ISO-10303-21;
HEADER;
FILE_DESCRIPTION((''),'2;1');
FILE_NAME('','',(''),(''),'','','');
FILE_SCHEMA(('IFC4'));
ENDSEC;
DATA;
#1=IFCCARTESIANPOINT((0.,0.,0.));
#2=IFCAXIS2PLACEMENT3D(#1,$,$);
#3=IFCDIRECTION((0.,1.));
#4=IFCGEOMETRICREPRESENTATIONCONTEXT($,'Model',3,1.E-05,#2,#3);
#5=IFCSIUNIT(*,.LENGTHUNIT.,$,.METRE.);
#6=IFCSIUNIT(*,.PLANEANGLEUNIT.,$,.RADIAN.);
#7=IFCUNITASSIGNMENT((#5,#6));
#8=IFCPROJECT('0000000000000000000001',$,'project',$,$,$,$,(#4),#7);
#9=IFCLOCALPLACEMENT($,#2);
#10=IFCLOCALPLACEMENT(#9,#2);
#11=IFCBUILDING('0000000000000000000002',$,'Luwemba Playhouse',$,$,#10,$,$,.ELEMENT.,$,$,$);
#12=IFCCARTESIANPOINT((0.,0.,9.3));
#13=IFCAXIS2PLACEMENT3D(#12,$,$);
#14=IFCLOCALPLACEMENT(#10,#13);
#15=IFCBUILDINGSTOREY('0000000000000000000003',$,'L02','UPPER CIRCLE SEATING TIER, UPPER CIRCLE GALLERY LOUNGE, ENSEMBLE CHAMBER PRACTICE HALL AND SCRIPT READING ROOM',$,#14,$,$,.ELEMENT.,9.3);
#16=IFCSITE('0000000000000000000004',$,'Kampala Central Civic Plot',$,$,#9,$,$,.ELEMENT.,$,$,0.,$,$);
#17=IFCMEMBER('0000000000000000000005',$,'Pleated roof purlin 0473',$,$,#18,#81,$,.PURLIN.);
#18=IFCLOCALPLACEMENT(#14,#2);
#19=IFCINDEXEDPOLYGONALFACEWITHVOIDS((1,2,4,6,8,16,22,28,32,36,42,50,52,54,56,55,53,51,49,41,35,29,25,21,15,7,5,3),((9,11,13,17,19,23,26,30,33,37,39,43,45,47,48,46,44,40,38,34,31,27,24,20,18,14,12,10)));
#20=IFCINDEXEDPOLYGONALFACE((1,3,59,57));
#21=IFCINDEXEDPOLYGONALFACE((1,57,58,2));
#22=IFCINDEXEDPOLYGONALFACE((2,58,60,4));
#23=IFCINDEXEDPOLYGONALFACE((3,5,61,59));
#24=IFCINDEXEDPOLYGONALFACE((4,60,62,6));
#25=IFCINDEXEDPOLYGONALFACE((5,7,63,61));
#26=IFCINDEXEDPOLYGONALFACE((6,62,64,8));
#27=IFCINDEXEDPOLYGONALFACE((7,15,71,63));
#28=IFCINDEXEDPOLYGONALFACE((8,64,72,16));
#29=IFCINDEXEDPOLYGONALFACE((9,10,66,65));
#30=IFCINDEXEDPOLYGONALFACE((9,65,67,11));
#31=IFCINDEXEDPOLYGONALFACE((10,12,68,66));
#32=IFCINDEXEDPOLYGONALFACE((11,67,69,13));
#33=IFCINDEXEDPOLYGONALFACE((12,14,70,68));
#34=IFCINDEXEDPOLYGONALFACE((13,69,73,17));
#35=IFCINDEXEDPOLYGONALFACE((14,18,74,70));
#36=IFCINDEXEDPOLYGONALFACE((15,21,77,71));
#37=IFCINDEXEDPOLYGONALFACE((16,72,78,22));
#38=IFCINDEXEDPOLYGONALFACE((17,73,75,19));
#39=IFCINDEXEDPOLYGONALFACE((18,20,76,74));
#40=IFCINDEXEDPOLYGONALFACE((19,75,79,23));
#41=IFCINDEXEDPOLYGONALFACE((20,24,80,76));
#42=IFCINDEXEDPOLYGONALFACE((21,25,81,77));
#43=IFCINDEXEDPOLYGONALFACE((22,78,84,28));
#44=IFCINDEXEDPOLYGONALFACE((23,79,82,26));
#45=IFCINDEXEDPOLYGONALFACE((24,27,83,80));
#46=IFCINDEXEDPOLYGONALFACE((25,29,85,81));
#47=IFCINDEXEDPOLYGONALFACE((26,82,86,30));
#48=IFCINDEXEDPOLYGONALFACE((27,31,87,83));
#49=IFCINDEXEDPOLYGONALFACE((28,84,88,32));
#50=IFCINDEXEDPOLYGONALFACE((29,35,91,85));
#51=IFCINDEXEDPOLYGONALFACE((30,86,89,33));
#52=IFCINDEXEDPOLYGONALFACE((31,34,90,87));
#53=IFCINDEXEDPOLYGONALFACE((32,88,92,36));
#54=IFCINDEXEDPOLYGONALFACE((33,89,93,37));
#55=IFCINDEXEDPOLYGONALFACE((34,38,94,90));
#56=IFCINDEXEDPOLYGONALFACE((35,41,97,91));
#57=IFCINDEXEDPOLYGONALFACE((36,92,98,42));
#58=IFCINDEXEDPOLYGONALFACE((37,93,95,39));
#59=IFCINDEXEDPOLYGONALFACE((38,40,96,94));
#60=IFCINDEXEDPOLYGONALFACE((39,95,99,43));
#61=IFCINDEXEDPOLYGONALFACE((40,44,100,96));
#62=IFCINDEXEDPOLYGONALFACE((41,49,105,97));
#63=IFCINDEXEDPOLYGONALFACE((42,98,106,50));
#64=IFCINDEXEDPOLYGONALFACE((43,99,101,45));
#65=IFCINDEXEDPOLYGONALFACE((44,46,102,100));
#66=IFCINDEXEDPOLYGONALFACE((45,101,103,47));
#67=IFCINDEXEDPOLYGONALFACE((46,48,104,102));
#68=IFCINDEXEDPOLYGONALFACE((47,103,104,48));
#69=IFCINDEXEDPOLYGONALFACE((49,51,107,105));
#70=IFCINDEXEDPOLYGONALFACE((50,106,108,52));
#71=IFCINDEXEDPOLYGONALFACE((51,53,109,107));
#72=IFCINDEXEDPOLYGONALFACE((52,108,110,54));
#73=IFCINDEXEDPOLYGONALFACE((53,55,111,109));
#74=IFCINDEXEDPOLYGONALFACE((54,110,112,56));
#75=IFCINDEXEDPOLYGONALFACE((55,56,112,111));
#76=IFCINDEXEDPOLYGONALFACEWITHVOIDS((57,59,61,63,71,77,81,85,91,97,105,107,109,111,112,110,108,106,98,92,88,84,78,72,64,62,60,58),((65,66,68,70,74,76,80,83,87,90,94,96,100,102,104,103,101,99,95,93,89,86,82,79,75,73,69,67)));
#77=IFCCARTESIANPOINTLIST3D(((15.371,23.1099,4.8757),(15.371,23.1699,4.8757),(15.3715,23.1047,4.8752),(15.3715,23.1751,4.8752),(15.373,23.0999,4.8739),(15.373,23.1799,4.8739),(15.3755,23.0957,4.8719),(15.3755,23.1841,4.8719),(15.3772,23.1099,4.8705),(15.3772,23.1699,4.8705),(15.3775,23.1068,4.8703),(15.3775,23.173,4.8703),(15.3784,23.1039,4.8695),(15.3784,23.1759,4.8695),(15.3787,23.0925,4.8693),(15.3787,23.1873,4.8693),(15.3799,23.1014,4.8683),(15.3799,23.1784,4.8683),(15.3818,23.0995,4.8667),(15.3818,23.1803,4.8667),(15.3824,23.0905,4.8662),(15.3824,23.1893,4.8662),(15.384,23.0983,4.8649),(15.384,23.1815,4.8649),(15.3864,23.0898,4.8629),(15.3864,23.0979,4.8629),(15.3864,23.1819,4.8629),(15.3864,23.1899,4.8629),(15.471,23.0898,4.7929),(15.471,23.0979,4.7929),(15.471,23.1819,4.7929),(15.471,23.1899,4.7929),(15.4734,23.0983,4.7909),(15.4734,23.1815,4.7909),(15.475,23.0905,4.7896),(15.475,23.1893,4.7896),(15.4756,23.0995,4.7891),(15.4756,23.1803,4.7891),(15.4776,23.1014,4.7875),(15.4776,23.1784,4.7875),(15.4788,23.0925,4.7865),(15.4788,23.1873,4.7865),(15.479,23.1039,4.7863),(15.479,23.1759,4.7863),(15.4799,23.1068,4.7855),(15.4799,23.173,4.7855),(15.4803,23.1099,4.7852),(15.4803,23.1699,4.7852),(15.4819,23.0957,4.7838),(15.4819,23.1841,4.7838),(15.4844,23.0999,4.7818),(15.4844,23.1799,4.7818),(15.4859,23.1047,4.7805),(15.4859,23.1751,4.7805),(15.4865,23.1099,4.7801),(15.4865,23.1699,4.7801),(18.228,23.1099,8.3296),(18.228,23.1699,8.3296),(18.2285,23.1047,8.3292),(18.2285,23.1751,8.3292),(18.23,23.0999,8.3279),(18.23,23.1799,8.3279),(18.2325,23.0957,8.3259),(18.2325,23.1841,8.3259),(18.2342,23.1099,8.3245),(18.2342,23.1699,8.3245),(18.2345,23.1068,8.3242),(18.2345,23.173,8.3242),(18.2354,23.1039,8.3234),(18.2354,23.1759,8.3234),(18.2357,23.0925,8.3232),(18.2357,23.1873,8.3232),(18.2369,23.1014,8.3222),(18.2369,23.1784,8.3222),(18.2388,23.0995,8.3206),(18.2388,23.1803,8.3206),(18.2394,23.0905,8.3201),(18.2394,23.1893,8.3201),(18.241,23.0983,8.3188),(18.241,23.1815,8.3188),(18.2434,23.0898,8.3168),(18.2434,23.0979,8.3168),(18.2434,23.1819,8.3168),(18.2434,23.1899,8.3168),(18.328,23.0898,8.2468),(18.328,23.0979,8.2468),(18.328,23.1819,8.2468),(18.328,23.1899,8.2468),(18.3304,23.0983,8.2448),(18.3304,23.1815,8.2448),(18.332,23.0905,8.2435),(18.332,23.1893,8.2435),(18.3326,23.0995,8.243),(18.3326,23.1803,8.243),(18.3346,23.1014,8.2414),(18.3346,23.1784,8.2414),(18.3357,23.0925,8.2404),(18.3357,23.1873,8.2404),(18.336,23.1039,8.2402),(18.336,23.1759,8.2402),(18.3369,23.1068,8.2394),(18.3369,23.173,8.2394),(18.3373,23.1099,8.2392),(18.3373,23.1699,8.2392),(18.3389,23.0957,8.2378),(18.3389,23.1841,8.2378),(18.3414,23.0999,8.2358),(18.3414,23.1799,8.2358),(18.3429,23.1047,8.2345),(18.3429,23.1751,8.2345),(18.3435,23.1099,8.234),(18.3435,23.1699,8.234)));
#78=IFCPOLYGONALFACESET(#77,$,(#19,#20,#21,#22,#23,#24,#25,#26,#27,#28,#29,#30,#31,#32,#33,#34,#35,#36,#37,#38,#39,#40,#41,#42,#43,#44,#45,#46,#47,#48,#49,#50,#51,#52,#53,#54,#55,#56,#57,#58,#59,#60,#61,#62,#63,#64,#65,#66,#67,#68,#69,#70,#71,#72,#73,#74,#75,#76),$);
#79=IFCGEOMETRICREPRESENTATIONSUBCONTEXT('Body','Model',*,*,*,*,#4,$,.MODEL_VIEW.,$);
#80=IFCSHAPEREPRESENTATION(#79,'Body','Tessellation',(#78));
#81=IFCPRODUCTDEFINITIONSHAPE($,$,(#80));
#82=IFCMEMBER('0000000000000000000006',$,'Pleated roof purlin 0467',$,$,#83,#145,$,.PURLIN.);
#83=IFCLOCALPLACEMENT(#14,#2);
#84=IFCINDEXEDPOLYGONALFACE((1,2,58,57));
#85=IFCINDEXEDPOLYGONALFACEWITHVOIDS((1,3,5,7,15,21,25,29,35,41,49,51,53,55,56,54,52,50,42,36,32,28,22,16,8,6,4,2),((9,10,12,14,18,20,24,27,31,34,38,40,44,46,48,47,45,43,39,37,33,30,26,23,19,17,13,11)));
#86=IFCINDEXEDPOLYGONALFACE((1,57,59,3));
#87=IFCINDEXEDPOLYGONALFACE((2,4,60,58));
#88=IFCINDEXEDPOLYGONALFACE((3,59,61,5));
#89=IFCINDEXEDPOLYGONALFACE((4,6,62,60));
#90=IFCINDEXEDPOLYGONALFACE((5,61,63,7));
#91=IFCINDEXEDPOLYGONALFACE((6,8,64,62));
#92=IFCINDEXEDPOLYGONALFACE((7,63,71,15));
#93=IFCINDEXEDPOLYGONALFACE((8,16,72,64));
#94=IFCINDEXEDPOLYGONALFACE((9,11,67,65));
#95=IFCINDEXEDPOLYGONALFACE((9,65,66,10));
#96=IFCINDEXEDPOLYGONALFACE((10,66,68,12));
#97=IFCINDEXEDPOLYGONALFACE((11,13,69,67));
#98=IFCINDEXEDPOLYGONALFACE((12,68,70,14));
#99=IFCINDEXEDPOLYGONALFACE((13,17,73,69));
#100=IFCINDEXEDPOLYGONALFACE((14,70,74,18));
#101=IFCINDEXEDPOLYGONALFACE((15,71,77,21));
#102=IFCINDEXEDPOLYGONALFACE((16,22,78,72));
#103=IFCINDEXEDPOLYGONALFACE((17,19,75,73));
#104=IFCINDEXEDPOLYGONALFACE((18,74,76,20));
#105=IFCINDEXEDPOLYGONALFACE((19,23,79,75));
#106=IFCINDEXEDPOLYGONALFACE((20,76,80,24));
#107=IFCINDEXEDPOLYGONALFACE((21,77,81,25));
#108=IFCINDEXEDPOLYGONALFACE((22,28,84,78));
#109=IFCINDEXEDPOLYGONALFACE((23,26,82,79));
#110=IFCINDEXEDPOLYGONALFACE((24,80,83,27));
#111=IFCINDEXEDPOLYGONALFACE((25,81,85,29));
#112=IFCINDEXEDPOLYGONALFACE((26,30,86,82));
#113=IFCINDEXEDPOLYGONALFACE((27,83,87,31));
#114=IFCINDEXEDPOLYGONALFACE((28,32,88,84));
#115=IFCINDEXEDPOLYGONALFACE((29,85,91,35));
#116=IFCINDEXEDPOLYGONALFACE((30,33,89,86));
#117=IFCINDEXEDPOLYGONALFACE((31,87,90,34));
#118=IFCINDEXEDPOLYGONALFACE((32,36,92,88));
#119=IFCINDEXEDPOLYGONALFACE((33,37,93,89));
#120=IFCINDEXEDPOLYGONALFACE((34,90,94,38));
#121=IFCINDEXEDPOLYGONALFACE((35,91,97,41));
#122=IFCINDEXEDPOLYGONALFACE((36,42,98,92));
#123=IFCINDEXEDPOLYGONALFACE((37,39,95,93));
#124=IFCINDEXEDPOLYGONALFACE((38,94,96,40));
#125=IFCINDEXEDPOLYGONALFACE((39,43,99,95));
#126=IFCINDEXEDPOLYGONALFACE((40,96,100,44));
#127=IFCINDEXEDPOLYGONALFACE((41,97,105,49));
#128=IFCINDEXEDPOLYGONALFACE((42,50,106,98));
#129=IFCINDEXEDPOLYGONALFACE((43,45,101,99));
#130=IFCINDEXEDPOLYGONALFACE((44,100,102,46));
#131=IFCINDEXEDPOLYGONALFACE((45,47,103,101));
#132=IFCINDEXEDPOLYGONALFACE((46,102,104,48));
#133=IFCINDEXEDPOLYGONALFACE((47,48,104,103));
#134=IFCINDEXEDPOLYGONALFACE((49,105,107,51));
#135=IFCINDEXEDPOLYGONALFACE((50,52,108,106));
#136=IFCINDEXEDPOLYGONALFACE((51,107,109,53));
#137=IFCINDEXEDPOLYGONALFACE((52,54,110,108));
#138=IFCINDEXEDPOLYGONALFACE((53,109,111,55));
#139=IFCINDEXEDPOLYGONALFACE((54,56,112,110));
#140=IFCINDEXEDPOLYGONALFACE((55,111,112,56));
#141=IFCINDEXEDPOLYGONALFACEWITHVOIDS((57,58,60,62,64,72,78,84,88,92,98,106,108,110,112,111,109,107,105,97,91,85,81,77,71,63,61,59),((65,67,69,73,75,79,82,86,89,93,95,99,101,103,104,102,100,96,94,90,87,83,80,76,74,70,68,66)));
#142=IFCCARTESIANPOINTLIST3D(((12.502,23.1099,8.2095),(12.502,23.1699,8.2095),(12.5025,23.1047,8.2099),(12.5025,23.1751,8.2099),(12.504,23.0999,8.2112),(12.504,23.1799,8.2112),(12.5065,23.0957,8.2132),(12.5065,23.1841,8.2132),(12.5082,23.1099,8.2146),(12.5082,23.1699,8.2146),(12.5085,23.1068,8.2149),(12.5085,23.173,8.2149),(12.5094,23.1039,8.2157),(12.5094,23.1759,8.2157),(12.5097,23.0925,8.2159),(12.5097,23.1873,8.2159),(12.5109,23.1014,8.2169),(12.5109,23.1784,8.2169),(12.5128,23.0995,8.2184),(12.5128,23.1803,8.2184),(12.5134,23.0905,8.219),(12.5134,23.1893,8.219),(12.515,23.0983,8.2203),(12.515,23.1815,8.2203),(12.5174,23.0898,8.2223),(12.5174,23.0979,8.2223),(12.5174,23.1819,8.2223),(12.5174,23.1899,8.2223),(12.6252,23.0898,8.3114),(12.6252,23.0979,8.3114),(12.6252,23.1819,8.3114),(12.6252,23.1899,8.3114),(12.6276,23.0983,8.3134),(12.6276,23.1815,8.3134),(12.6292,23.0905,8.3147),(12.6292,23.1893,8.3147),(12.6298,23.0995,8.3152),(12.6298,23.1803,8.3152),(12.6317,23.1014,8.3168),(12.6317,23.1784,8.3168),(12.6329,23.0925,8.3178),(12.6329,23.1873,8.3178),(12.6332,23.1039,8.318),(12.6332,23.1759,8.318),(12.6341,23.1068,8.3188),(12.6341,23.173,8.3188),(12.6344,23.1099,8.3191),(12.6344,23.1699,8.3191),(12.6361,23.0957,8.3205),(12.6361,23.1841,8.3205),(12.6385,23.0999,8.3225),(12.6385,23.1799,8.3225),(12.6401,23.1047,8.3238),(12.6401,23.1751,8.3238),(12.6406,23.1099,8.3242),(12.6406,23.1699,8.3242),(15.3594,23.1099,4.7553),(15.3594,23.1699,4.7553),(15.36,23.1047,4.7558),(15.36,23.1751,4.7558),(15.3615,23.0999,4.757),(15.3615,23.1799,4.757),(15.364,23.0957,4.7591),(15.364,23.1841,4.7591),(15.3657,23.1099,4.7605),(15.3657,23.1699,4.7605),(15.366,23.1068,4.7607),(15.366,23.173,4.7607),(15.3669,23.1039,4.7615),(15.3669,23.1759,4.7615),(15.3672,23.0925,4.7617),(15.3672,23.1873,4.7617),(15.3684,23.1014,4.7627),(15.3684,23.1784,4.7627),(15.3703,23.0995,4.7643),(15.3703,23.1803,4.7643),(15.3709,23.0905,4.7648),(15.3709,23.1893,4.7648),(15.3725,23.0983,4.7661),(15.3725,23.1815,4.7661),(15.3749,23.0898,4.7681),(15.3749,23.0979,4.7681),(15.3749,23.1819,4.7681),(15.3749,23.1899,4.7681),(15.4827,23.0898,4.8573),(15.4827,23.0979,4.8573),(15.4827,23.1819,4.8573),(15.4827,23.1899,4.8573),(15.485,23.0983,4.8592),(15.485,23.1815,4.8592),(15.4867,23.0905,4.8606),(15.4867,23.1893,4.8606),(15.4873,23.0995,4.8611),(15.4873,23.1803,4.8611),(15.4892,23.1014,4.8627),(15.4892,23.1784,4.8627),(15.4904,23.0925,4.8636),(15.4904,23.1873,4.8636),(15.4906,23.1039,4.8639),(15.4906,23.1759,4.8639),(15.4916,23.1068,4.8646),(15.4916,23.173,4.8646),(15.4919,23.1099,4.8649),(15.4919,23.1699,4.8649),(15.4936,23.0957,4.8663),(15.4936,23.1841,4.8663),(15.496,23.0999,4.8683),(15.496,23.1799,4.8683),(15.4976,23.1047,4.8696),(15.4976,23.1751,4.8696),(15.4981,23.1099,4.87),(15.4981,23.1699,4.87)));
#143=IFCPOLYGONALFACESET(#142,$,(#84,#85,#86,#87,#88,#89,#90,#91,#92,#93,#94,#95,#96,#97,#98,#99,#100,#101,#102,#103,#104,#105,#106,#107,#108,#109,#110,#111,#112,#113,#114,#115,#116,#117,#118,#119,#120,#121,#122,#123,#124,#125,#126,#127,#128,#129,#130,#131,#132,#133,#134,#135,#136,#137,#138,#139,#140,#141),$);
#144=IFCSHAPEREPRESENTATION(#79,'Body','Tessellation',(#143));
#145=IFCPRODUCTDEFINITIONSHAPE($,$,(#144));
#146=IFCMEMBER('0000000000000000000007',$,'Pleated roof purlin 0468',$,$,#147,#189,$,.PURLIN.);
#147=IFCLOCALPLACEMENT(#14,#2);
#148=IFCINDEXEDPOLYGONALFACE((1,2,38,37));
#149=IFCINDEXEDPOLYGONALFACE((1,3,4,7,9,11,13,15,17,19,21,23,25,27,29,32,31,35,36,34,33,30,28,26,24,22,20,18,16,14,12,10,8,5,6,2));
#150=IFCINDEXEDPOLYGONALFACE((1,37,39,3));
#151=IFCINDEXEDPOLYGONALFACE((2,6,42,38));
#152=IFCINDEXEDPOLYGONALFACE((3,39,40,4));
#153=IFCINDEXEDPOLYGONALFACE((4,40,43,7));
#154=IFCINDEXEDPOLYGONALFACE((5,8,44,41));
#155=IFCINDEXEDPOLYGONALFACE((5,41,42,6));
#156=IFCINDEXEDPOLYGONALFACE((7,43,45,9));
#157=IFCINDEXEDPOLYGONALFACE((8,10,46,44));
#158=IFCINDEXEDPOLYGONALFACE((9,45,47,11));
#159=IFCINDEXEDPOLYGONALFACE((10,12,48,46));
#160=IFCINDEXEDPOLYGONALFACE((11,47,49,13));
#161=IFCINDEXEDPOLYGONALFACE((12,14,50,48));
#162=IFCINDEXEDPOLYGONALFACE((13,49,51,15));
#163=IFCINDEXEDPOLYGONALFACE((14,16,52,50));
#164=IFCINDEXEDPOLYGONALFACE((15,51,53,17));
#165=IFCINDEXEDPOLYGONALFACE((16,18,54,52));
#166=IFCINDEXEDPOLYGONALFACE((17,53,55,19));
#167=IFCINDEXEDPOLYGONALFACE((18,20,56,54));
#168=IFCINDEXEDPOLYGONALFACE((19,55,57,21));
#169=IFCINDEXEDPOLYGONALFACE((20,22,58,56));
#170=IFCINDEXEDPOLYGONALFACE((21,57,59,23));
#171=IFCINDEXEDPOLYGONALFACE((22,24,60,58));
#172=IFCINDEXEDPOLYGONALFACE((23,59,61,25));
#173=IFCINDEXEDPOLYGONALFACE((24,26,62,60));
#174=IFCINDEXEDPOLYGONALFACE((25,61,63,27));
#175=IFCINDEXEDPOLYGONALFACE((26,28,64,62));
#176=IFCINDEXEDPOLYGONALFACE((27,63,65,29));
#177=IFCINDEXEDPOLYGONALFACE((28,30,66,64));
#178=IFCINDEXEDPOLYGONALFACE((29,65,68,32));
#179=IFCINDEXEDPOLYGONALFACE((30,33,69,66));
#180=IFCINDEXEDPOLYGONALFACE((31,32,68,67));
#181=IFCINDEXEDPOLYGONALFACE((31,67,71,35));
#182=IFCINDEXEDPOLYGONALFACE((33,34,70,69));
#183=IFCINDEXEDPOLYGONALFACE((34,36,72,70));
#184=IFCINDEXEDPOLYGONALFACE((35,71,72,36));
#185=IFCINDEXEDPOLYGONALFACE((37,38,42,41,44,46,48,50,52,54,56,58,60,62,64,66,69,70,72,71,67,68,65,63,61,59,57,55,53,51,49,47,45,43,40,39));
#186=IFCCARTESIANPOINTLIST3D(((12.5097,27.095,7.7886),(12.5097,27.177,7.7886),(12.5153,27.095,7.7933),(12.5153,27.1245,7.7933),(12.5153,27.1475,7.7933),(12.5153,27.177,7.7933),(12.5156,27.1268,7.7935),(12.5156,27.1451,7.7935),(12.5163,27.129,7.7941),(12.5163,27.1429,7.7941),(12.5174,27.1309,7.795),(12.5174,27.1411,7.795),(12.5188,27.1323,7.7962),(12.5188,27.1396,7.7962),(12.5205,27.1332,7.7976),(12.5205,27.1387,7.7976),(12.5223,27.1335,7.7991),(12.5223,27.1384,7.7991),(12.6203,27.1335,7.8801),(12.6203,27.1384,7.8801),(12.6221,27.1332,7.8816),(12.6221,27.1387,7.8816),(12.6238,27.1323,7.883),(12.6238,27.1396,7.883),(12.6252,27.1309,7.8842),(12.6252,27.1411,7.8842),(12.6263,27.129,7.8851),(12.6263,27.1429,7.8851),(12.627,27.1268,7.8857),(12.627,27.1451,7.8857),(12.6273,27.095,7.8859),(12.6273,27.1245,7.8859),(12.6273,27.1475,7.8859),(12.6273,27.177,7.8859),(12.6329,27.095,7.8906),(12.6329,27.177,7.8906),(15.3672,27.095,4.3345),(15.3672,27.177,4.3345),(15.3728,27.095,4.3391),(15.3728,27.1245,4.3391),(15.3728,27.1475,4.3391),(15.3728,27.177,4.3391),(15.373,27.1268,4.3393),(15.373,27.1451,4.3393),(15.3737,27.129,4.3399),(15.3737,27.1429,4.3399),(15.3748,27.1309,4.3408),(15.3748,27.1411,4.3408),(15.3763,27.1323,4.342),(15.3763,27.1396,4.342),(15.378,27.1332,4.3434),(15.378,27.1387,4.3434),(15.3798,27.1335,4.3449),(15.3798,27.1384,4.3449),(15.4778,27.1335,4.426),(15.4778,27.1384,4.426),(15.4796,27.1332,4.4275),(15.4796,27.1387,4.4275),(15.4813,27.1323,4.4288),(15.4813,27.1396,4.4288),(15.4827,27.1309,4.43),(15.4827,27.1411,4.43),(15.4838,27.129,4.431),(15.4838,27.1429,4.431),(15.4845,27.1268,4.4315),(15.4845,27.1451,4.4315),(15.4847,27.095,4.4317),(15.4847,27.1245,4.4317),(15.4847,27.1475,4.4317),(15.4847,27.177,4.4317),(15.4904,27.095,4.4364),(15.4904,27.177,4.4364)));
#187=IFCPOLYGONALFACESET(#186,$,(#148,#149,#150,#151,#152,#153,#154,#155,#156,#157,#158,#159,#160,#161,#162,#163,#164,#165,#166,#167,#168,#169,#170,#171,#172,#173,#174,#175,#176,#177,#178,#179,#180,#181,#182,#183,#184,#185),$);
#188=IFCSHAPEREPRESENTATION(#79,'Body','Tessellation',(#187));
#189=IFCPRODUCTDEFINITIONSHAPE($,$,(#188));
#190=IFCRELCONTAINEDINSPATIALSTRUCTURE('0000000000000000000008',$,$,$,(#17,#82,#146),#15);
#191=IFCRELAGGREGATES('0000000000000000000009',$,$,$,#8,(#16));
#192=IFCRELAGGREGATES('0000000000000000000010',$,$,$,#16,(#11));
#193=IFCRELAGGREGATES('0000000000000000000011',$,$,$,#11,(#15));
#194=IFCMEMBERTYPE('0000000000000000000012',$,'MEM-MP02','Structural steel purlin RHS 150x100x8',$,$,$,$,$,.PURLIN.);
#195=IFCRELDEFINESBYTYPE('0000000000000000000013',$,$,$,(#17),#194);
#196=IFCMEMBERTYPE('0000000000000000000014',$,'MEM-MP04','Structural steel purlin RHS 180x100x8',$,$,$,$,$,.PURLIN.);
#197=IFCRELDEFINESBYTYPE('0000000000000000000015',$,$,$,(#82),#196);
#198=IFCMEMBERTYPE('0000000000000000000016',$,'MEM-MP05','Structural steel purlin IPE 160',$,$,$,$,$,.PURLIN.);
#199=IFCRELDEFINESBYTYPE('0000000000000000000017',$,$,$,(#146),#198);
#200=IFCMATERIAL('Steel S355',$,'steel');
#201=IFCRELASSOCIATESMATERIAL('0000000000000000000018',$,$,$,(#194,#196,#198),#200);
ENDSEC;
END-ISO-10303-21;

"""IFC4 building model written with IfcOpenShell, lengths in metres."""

from ifc_helpers import new_model, si_unit, direction, frame, origin, origin_2d, place, context, subcontext, project, spatial, hollow_rectangle, i_section, extrude, material, material_profile, profile_set, type_object, element, save


model = new_model("IFC4")

# Units and contexts
model_context = context("Model", 3, precision=1e-05, world=origin(), true_north=direction((0.0, 1.0)))
body_context = subcontext(model_context, "Body", "Model", "MODEL_VIEW")
ifc_project = project(units=[si_unit("LENGTHUNIT", "METRE"), si_unit("PLANEANGLEUNIT", "RADIAN")], contexts=[model_context])

# Site, building, storey
site_placement = place(None, origin())
site = spatial("IfcSite", under=ifc_project, at=site_placement, Name="Kampala Central Civic Plot", CompositionType="ELEMENT", RefElevation=0.0)
building_placement = place(site_placement, origin())
building = spatial("IfcBuilding", under=site, at=building_placement, Name="Luwemba Playhouse", CompositionType="ELEMENT")
storey_placement = place(building_placement, frame((0.0, 0.0, 9.3)))
storey = spatial("IfcBuildingStorey", under=building, at=storey_placement, Name="L02", Description="UPPER CIRCLE SEATING TIER, UPPER CIRCLE GALLERY LOUNGE, ENSEMBLE CHAMBER PRACTICE HALL AND SCRIPT READING ROOM", CompositionType="ELEMENT", Elevation=9.3)

# Shared definitions
ifc_material_1 = material(Name="Steel S355", Category="steel")

# Members
ifc_material_profile_1 = material_profile(ifc_material_1, hollow_rectangle(XDim=0.1001, YDim=0.1499, WallThickness=0.0081, InnerFilletRadius=0.012, OuterFilletRadius=0.02, at=origin_2d()))
ifc_profile_set_1 = profile_set([ifc_material_profile_1], Name="Steel S355")
member_type_1 = type_object("IfcMemberType", Name="MEM-MP02", Description="Structural steel purlin RHS 150x100x8", PredefinedType="PURLIN", material=ifc_profile_set_1)
for number, where, z_axis, x_axis, name in (
    (1, (15.4287, 23.1399, 4.8279), (0.637378, 0.0, 0.770551), (0.0, 1.0, 0.0), "Pleated roof purlin 0473"),
):
    element("IfcMember", number, at=place(storey_placement, frame(where, z_axis=z_axis, x_axis=x_axis)), inside=storey, type_object=member_type_1, Name=name, PredefinedType="PURLIN", context=body_context, shape_type="SweptSolid", body=[
        extrude(hollow_rectangle(XDim=0.1001, YDim=0.1499, WallThickness=0.0081, InnerFilletRadius=0.012, OuterFilletRadius=0.02, at=origin_2d()), origin(), (0.0, 0.0, 1.0), 4.4824),
    ])
ifc_material_profile_2 = material_profile(ifc_material_1, hollow_rectangle(XDim=0.1001, YDim=0.1799, WallThickness=0.0081, InnerFilletRadius=0.012, OuterFilletRadius=0.02, at=origin_2d()))
ifc_profile_set_2 = profile_set([ifc_material_profile_2], Name="Steel S355")
member_type_2 = type_object("IfcMemberType", Name="MEM-MP04", Description="Structural steel purlin RHS 180x100x8", PredefinedType="PURLIN", material=ifc_profile_set_2)
member_1_placement = place(storey_placement, frame((12.5713, 23.1399, 8.2668), z_axis=(0.637416, 0.0, -0.77052), x_axis=(0.0, 1.0, 0.0)))
element("IfcMember", 2, at=member_1_placement, inside=storey, type_object=member_type_2, Name="Pleated roof purlin 0467", PredefinedType="PURLIN", context=body_context, shape_type="SweptSolid", body=[
    extrude(hollow_rectangle(XDim=0.1001, YDim=0.1799, WallThickness=0.0081, InnerFilletRadius=0.012, OuterFilletRadius=0.02, at=origin_2d()), origin(), (0.0, 0.0, 1.0), 4.4829),
])
ifc_material_profile_3 = material_profile(ifc_material_1, i_section(OverallWidth=0.082, OverallDepth=0.1599, WebThickness=0.0049, FlangeThickness=0.0073, FilletRadius=0.009, at=origin_2d()))
ifc_profile_set_3 = profile_set([ifc_material_profile_3], Name="Steel S355")
member_type_3 = type_object("IfcMemberType", Name="MEM-MP05", Description="Structural steel purlin IPE 160", PredefinedType="PURLIN", material=ifc_profile_set_3)
member_2_placement = place(storey_placement, frame((12.5713, 27.136, 7.8396), z_axis=(0.637416, 0.0, -0.77052), x_axis=(0.0, 1.0, 0.0)))
element("IfcMember", 3, at=member_2_placement, inside=storey, type_object=member_type_3, Name="Pleated roof purlin 0468", PredefinedType="PURLIN", context=body_context, shape_type="SweptSolid", body=[
    extrude(i_section(OverallWidth=0.082, OverallDepth=0.1599, WebThickness=0.0049, FlangeThickness=0.0073, FilletRadius=0.009, at=origin_2d()), origin(), (0.0, 0.0, 1.0), 4.4829),
])

save(model, "model.ifc")
